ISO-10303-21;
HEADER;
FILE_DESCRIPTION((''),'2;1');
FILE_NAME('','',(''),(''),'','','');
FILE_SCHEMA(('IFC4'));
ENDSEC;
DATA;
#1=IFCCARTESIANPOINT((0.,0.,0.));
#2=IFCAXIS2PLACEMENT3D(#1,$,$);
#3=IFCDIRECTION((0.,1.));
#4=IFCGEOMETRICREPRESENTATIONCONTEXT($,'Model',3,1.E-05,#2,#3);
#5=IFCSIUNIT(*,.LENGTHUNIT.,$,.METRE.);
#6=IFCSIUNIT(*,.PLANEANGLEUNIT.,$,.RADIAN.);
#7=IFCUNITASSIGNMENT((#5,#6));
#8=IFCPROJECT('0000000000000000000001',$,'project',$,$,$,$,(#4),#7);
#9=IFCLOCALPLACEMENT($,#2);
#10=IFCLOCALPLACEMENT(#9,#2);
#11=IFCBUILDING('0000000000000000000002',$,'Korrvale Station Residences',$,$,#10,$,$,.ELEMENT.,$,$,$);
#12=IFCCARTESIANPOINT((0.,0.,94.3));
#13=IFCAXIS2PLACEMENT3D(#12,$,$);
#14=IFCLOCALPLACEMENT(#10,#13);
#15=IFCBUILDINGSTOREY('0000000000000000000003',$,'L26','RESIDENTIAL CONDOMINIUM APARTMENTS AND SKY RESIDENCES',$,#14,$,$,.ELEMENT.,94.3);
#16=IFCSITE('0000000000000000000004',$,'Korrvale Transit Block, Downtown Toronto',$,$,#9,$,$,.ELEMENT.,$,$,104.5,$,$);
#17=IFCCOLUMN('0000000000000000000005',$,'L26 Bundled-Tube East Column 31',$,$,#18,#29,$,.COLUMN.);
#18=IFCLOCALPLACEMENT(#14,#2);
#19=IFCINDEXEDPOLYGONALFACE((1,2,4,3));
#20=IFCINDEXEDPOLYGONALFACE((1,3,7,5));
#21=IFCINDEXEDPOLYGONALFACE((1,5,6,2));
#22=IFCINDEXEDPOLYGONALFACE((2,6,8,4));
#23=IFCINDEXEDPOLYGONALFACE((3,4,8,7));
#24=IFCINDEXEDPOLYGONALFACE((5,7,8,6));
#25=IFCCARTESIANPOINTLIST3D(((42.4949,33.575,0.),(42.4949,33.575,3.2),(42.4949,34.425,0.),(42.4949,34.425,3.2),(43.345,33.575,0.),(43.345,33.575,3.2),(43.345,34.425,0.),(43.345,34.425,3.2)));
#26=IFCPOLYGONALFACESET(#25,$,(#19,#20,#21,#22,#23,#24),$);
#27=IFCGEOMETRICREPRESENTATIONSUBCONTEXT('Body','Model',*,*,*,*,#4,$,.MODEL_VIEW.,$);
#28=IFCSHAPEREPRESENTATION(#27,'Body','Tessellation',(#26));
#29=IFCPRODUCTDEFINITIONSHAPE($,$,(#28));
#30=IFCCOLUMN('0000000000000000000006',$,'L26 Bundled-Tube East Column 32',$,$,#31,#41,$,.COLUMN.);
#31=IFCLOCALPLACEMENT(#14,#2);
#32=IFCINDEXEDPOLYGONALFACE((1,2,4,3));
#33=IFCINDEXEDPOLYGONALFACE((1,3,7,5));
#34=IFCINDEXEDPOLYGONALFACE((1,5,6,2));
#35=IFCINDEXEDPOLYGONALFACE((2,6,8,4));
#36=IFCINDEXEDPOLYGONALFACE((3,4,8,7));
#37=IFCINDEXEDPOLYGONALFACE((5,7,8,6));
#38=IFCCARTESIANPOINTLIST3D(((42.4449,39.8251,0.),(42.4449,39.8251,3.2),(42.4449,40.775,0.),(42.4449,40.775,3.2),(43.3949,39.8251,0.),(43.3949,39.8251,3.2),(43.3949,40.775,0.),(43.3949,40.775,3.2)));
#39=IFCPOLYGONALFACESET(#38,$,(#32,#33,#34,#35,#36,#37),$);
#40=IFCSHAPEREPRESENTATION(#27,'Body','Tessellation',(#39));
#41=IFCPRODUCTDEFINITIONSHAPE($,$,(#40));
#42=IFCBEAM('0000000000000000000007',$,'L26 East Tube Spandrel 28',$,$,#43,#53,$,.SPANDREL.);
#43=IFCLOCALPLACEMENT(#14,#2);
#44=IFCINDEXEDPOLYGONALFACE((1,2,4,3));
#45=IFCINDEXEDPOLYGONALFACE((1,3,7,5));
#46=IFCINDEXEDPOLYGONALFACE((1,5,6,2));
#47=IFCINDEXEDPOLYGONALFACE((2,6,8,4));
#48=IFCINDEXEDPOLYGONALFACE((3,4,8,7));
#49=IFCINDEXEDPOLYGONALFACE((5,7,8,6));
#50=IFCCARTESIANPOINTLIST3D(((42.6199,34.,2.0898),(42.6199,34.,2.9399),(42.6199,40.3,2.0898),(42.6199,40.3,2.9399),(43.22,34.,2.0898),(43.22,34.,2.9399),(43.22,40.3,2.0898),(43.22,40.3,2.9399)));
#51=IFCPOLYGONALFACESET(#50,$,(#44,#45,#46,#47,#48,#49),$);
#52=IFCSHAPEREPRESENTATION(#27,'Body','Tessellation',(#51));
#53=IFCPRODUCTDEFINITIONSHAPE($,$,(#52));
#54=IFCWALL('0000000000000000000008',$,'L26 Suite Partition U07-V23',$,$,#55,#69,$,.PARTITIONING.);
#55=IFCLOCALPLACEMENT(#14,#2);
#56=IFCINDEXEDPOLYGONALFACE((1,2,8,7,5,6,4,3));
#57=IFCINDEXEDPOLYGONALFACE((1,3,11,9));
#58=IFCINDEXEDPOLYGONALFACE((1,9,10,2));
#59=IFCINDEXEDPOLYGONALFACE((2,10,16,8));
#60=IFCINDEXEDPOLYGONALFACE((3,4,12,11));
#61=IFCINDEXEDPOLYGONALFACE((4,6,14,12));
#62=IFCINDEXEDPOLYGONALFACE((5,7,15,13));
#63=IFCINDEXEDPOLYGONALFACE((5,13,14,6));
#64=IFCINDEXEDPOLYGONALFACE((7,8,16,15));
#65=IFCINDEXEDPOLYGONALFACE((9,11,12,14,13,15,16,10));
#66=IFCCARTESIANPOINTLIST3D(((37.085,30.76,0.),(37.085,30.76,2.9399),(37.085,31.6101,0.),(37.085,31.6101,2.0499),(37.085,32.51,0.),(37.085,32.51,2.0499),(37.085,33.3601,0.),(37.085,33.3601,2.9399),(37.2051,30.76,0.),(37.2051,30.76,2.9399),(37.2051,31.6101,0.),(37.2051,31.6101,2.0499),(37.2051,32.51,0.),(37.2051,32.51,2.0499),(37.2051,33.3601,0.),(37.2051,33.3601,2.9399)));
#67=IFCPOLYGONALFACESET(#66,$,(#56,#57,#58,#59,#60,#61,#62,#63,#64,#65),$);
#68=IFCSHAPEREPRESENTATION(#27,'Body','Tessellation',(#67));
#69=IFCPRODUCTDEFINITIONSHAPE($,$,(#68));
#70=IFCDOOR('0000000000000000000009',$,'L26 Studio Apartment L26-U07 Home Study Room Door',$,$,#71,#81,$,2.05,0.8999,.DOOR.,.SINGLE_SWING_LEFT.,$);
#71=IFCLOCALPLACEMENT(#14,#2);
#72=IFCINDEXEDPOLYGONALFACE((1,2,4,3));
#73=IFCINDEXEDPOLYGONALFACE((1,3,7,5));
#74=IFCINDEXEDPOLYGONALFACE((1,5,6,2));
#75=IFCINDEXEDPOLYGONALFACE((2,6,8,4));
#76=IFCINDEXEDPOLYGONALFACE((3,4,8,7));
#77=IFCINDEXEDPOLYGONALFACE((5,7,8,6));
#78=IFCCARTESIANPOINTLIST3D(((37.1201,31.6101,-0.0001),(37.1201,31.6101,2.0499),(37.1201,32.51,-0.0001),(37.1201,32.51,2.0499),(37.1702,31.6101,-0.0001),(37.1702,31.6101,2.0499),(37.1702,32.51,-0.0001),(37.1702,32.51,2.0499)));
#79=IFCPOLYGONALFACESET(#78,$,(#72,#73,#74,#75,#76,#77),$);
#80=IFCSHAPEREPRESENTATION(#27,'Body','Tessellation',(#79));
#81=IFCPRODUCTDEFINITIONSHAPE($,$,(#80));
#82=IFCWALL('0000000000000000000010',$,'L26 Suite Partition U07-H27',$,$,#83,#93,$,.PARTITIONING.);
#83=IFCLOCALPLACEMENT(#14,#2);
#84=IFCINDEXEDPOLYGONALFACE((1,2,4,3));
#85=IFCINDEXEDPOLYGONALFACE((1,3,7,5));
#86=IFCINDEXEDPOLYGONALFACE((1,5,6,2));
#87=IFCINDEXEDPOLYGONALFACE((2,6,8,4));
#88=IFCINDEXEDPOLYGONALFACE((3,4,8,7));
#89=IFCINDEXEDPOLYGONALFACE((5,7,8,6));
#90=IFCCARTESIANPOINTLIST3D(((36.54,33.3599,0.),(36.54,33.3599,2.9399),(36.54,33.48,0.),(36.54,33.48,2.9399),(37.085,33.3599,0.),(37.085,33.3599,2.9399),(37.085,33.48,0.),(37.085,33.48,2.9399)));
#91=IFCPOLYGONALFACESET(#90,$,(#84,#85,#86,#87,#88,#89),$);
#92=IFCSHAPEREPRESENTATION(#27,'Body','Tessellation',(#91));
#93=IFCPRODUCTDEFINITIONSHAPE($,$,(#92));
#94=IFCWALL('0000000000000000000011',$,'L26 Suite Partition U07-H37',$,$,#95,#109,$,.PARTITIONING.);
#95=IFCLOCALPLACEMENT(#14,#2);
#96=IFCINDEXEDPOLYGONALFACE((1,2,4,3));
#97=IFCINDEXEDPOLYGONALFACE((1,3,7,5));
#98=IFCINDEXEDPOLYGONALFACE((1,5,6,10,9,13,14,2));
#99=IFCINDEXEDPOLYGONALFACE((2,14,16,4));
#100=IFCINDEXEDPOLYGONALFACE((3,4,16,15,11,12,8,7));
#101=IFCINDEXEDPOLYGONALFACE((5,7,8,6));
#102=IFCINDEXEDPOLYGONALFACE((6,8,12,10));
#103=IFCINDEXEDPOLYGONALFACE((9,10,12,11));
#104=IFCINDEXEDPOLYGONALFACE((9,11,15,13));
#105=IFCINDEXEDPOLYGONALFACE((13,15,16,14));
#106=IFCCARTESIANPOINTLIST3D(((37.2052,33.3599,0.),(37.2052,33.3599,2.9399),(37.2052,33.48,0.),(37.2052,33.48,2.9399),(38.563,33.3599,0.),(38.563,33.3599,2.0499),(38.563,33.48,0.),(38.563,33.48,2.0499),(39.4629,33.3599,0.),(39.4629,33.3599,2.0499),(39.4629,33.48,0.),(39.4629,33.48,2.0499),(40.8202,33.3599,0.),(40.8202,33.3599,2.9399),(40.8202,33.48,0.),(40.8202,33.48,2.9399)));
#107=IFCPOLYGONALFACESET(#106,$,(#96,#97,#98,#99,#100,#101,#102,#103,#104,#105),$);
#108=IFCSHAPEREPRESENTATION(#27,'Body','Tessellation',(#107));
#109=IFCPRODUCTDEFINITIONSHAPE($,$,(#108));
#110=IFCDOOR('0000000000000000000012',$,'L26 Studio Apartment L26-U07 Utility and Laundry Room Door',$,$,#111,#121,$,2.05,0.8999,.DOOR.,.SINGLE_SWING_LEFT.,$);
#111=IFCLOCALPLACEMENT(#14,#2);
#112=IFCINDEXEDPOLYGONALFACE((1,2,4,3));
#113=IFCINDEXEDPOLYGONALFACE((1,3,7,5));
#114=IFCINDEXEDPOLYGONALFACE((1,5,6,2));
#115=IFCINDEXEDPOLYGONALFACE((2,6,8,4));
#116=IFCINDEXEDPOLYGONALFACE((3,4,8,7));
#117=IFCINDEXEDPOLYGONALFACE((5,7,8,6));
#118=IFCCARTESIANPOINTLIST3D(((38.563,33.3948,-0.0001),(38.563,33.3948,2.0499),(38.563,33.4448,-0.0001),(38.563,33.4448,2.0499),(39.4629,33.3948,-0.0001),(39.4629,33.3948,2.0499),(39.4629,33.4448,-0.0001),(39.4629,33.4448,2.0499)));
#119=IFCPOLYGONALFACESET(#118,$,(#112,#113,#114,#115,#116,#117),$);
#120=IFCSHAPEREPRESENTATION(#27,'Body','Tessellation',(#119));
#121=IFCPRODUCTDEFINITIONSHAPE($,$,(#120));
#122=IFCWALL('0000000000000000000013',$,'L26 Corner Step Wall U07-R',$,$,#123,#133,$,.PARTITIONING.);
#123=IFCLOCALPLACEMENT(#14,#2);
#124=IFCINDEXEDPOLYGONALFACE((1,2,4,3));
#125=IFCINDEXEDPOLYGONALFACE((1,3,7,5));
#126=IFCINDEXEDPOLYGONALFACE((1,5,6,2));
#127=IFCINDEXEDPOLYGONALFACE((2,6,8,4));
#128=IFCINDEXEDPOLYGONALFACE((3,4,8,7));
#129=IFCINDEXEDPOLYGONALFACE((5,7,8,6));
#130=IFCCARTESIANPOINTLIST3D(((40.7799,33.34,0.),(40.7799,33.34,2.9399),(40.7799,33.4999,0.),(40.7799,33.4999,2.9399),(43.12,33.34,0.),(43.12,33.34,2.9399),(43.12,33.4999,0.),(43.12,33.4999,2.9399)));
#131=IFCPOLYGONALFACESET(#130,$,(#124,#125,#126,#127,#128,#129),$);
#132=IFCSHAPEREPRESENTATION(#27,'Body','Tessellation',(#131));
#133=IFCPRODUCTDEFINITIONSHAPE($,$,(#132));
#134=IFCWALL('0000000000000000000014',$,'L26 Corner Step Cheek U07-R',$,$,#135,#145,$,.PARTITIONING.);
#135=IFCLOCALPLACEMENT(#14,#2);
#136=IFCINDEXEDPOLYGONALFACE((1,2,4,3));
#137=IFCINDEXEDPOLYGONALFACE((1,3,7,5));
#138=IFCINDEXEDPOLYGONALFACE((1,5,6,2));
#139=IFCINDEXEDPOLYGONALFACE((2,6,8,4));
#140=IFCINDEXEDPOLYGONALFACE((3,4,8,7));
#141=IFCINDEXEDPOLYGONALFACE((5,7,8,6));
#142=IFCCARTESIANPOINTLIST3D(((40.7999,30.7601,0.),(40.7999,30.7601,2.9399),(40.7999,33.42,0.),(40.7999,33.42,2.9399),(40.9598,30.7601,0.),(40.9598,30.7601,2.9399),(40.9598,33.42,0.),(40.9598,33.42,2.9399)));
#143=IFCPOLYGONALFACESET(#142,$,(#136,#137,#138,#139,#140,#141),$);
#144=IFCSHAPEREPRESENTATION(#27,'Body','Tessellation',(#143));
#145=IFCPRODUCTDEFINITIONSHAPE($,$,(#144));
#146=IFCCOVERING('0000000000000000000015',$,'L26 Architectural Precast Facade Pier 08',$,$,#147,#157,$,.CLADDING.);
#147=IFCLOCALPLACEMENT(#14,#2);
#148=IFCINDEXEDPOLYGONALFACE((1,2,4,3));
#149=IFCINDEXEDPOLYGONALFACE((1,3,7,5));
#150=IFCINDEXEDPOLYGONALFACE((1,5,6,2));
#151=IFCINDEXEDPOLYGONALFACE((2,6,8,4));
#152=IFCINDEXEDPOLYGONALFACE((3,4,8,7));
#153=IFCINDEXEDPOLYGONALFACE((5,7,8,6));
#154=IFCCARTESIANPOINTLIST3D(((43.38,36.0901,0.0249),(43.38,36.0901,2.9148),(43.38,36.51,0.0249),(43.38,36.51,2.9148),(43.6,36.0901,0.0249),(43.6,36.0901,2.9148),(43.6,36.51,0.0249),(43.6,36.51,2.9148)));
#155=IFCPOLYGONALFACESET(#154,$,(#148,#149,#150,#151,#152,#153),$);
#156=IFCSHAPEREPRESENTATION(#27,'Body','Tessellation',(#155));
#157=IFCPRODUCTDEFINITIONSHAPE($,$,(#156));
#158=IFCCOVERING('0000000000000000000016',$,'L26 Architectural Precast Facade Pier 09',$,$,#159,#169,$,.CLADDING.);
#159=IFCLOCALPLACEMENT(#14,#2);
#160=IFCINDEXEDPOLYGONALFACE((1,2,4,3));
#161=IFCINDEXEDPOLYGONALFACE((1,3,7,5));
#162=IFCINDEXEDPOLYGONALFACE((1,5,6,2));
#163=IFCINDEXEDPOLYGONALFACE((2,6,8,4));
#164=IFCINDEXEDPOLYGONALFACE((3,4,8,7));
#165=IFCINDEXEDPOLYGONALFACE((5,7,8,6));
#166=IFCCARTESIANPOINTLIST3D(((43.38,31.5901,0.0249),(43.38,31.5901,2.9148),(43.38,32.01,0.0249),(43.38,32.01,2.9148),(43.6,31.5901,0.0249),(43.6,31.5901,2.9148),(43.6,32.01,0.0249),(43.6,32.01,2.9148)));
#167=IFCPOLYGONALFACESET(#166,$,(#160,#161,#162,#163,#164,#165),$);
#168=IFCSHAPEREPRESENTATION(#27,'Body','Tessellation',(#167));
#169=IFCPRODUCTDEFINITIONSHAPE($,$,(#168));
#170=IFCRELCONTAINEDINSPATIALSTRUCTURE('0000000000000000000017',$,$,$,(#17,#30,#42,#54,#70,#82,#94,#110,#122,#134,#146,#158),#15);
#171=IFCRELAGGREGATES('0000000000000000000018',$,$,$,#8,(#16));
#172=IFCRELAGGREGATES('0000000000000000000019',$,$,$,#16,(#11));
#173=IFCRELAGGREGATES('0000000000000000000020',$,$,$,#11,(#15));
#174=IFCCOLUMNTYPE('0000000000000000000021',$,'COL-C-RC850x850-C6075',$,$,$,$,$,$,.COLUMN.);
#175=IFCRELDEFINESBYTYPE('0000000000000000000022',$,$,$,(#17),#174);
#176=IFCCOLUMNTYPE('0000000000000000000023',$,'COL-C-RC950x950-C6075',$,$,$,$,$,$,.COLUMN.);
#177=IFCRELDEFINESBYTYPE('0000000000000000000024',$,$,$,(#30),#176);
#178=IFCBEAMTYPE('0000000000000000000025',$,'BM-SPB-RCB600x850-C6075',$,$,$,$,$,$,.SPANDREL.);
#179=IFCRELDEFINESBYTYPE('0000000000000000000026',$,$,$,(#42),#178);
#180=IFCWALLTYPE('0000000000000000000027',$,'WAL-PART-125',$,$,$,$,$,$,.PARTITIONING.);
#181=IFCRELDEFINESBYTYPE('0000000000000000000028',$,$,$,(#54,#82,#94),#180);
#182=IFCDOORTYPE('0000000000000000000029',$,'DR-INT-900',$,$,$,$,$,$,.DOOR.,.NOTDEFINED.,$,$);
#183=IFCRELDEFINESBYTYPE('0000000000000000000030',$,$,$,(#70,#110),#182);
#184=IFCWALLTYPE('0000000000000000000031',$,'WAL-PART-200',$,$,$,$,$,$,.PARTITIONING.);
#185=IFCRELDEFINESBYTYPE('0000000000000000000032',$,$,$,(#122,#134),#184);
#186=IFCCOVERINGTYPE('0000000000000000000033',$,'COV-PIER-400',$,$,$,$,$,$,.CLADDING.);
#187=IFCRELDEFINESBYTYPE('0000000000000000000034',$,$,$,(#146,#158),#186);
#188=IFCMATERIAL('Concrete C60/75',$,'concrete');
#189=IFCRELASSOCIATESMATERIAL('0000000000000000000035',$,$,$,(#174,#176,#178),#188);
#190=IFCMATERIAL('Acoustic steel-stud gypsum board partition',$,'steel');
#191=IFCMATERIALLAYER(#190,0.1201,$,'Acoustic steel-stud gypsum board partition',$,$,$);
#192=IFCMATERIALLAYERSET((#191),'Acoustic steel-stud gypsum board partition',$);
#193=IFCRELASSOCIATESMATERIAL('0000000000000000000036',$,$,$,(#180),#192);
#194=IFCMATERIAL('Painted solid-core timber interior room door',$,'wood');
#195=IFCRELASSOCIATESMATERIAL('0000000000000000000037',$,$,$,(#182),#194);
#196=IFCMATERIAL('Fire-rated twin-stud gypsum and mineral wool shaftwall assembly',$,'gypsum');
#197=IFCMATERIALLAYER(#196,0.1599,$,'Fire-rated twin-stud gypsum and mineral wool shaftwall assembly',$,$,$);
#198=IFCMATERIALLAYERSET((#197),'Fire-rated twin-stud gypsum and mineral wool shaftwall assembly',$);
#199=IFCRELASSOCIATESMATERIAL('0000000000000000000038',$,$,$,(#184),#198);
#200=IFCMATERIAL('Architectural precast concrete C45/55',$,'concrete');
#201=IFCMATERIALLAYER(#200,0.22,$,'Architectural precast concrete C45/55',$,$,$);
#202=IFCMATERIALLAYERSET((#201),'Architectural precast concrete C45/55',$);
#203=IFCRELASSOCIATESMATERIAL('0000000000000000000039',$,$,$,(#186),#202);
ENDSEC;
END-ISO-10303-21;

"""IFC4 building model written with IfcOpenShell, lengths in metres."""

from ifc_helpers import new_model, si_unit, direction, frame, frame_2d, origin, origin_2d, place, context, subcontext, project, spatial, rectangle, extrude, material, layer, layer_set, material_profile, profile_set, type_object, element, fill, save


model = new_model("IFC4")

# Units and contexts
model_context = context("Model", 3, precision=1e-05, world=origin(), true_north=direction((0.0, 1.0)))
body_context = subcontext(model_context, "Body", "Model", "MODEL_VIEW")
ifc_project = project(units=[si_unit("LENGTHUNIT", "METRE"), si_unit("PLANEANGLEUNIT", "RADIAN")], contexts=[model_context])

# Site, building, storey
site_placement = place(None, origin())
site = spatial("IfcSite", under=ifc_project, at=site_placement, Name="Korrvale Transit Block, Downtown Toronto", CompositionType="ELEMENT", RefElevation=104.5)
building_placement = place(site_placement, origin())
building = spatial("IfcBuilding", under=site, at=building_placement, Name="Korrvale Station Residences", CompositionType="ELEMENT")
storey_placement = place(building_placement, frame((0.0, 0.0, 94.3)))
storey = spatial("IfcBuildingStorey", under=building, at=storey_placement, Name="L26", Description="RESIDENTIAL CONDOMINIUM APARTMENTS AND SKY RESIDENCES", CompositionType="ELEMENT", Elevation=94.3)

# Columns
ifc_material_1 = material(Name="Concrete C60/75", Category="concrete")
ifc_material_profile_1 = material_profile(ifc_material_1, rectangle(XDim=0.8501, YDim=0.8501, at=origin_2d()), Name="RC850x850")
ifc_profile_set_1 = profile_set([ifc_material_profile_1], Name="Concrete C60/75")
column_type_1 = type_object("IfcColumnType", Name="COL-C-RC850x850-C6075", PredefinedType="COLUMN", material=ifc_profile_set_1)
column_1_placement = place(storey_placement, frame((42.9199, 34.0, 0.0), z_axis=(0.0, 0.0, 1.0), x_axis=(1.0, 0.0, 0.0)))
element("IfcColumn", 1, at=column_1_placement, inside=storey, type_object=column_type_1, Name="L26 Bundled-Tube East Column 31", PredefinedType="COLUMN", context=body_context, shape_type="SweptSolid", body=[
    extrude(rectangle(XDim=0.8501, YDim=0.8501, at=origin_2d()), origin(), (0.0, 0.0, 1.0), 3.2),
])
ifc_material_profile_2 = material_profile(ifc_material_1, rectangle(XDim=0.95, YDim=0.95, at=origin_2d()), Name="RC950x950")
ifc_profile_set_2 = profile_set([ifc_material_profile_2], Name="Concrete C60/75")
column_type_2 = type_object("IfcColumnType", Name="COL-C-RC950x950-C6075", PredefinedType="COLUMN", material=ifc_profile_set_2)
column_2_placement = place(storey_placement, frame((42.9199, 40.3, 0.0), z_axis=(0.0, 0.0, 1.0), x_axis=(1.0, 0.0, 0.0)))
element("IfcColumn", 2, at=column_2_placement, inside=storey, type_object=column_type_2, Name="L26 Bundled-Tube East Column 32", PredefinedType="COLUMN", context=body_context, shape_type="SweptSolid", body=[
    extrude(rectangle(XDim=0.95, YDim=0.95, at=origin_2d()), origin(), (0.0, 0.0, 1.0), 3.2),
])

# Beam
ifc_material_profile_3 = material_profile(ifc_material_1, rectangle(XDim=0.6001, YDim=0.8501, at=origin_2d()), Name="RCB600x850")
ifc_profile_set_3 = profile_set([ifc_material_profile_3], Name="Concrete C60/75")
beam_type = type_object("IfcBeamType", Name="BM-SPB-RCB600x850-C6075", PredefinedType="SPANDREL", material=ifc_profile_set_3)
beam_placement = place(storey_placement, frame((42.9199, 34.0, 2.5149), z_axis=(0.0, 1.0, 0.0), x_axis=(-1.0, 0.0, 0.0)))
element("IfcBeam", 3, at=beam_placement, inside=storey, type_object=beam_type, Name="L26 East Tube Spandrel 28", PredefinedType="SPANDREL", context=body_context, shape_type="SweptSolid", body=[
    extrude(rectangle(XDim=0.6001, YDim=0.8501, at=origin_2d()), origin(), (0.0, 0.0, 1.0), 6.3),
])

# Wall, opening, door
ifc_material_2 = material(Name="Acoustic steel-stud gypsum board partition", Category="steel")
ifc_layer_1 = layer(ifc_material_2, 0.1201, Name="Acoustic steel-stud gypsum board partition")
ifc_layer_set_1 = layer_set([ifc_layer_1], Name="Acoustic steel-stud gypsum board partition")
wall_type_1 = type_object("IfcWallType", Name="WAL-PART-125", PredefinedType="PARTITIONING", material=ifc_layer_set_1)
wall_1_placement = place(storey_placement, frame((37.145, 30.76, 0.0), z_axis=(0.0, 0.0, 1.0), x_axis=(0.0, 1.0, 0.0)))
wall_1 = element("IfcWall", 4, at=wall_1_placement, inside=storey, type_object=wall_type_1, Name="L26 Suite Partition U07-V23", PredefinedType="PARTITIONING", context=body_context, shape_type="SweptSolid", body=[
    extrude(rectangle(XDim=2.6001, YDim=0.1201, at=frame_2d((1.3, 0.0))), origin(), (0.0, 0.0, 1.0), 2.9399),
])
opening_1_placement = place(wall_1_placement, frame((0.8501, 0.0, 0.0)))
opening_1 = element("IfcOpeningElement", 5, at=opening_1_placement, cuts=wall_1, PredefinedType="OPENING", context=body_context, shape_type="SweptSolid", body=[
    extrude(rectangle(XDim=0.8999, YDim=2.05, at=frame_2d((0.45, 1.0249))), frame((0.0, 0.0701, 0.0), z_axis=(0.0, -1.0, 0.0), x_axis=(1.0, 0.0, 0.0)), (0.0, 0.0, 1.0), 0.1401),
])
ifc_material_3 = material(Name="Painted solid-core timber interior room door", Category="wood")
door_type = type_object("IfcDoorType", Name="DR-INT-900", OperationType="NOTDEFINED", PredefinedType="DOOR", material=ifc_material_3)
door_1_placement = place(opening_1_placement, origin())
door_1 = element("IfcDoor", 6, at=door_1_placement, inside=storey, type_object=door_type, Name="L26 Studio Apartment L26-U07 Home Study Room Door", OperationType="SINGLE_SWING_LEFT", OverallHeight=2.05, OverallWidth=0.8999, PredefinedType="DOOR", context=body_context, shape_type="SweptSolid", body=[
    extrude(rectangle(XDim=0.8999, YDim=2.05, at=frame_2d((0.45, 1.0249))), frame((0.0, 0.0249, 0.0), z_axis=(0.0, -1.0, 0.0), x_axis=(1.0, 0.0, 0.0)), (0.0, 0.0, 1.0), 0.05),
])
fill(opening_1, door_1)

# Wall
wall_2_placement = place(storey_placement, frame((36.54, 33.4199, 0.0), z_axis=(0.0, 0.0, 1.0), x_axis=(1.0, 0.0, 0.0)))
element("IfcWall", 7, at=wall_2_placement, inside=storey, type_object=wall_type_1, Name="L26 Suite Partition U07-H27", PredefinedType="PARTITIONING", context=body_context, shape_type="SweptSolid", body=[
    extrude(rectangle(XDim=0.5449, YDim=0.1201, at=frame_2d((0.2725, 0.0))), origin(), (0.0, 0.0, 1.0), 2.9399),
])

# Wall, opening, door
wall_3_placement = place(storey_placement, frame((37.2051, 33.4199, 0.0), z_axis=(0.0, 0.0, 1.0), x_axis=(1.0, 0.0, 0.0)))
wall_3 = element("IfcWall", 8, at=wall_3_placement, inside=storey, type_object=wall_type_1, Name="L26 Suite Partition U07-H37", PredefinedType="PARTITIONING", context=body_context, shape_type="SweptSolid", body=[
    extrude(rectangle(XDim=3.615, YDim=0.1201, at=frame_2d((1.8076, 0.0))), origin(), (0.0, 0.0, 1.0), 2.9399),
])
opening_2_placement = place(wall_3_placement, frame((1.3579, 0.0, 0.0)))
opening_2 = element("IfcOpeningElement", 9, at=opening_2_placement, cuts=wall_3, PredefinedType="OPENING", context=body_context, shape_type="SweptSolid", body=[
    extrude(rectangle(XDim=0.8999, YDim=2.05, at=frame_2d((0.45, 1.0249))), frame((0.0, 0.0701, 0.0), z_axis=(0.0, -1.0, 0.0), x_axis=(1.0, 0.0, 0.0)), (0.0, 0.0, 1.0), 0.1401),
])
door_2_placement = place(opening_2_placement, origin())
door_2 = element("IfcDoor", 10, at=door_2_placement, inside=storey, type_object=door_type, Name="L26 Studio Apartment L26-U07 Utility and Laundry Room Door", OperationType="SINGLE_SWING_LEFT", OverallHeight=2.05, OverallWidth=0.8999, PredefinedType="DOOR", context=body_context, shape_type="SweptSolid", body=[
    extrude(rectangle(XDim=0.8999, YDim=2.05, at=frame_2d((0.45, 1.0249))), frame((0.0, 0.0249, 0.0), z_axis=(0.0, -1.0, 0.0), x_axis=(1.0, 0.0, 0.0)), (0.0, 0.0, 1.0), 0.05),
])
fill(opening_2, door_2)

# Walls
ifc_material_4 = material(Name="Fire-rated twin-stud gypsum and mineral wool shaftwall assembly", Category="gypsum")
ifc_layer_2 = layer(ifc_material_4, 0.1599, Name="Fire-rated twin-stud gypsum and mineral wool shaftwall assembly")
ifc_layer_set_2 = layer_set([ifc_layer_2], Name="Fire-rated twin-stud gypsum and mineral wool shaftwall assembly")
wall_type_2 = type_object("IfcWallType", Name="WAL-PART-200", PredefinedType="PARTITIONING", material=ifc_layer_set_2)
wall_4_placement = place(storey_placement, frame((40.78, 33.4199, 0.0), z_axis=(0.0, 0.0, 1.0), x_axis=(1.0, 0.0, 0.0)))
element("IfcWall", 11, at=wall_4_placement, inside=storey, type_object=wall_type_2, Name="L26 Corner Step Wall U07-R", PredefinedType="PARTITIONING", context=body_context, shape_type="SweptSolid", body=[
    extrude(rectangle(XDim=2.3401, YDim=0.1599, at=frame_2d((1.1699, 0.0))), origin(), (0.0, 0.0, 1.0), 2.9399),
])
wall_5_placement = place(storey_placement, frame((40.8799, 30.76, 0.0), z_axis=(0.0, 0.0, 1.0), x_axis=(0.0, 1.0, 0.0)))
element("IfcWall", 12, at=wall_5_placement, inside=storey, type_object=wall_type_2, Name="L26 Corner Step Cheek U07-R", PredefinedType="PARTITIONING", context=body_context, shape_type="SweptSolid", body=[
    extrude(rectangle(XDim=2.6599, YDim=0.1599, at=frame_2d((1.3301, 0.0))), origin(), (0.0, 0.0, 1.0), 2.9399),
])

# Coverings
ifc_material_5 = material(Name="Architectural precast concrete C45/55", Category="concrete")
ifc_layer_3 = layer(ifc_material_5, 0.22, Name="Architectural precast concrete C45/55")
ifc_layer_set_3 = layer_set([ifc_layer_3], Name="Architectural precast concrete C45/55")
covering_type = type_object("IfcCoveringType", Name="COV-PIER-400", PredefinedType="CLADDING", material=ifc_layer_set_3)
for number, where, z_axis, x_axis, name in (
    (13, (43.49, 36.3, 0.0249), (0.0, 0.0, 1.0), (0.0, 1.0, 0.0), "L26 Architectural Precast Facade Pier 08"),
    (14, (43.49, 31.8, 0.0249), (0.0, 0.0, 1.0), (0.0, 1.0, 0.0), "L26 Architectural Precast Facade Pier 09"),
):
    element("IfcCovering", number, at=place(storey_placement, frame(where, z_axis=z_axis, x_axis=x_axis)), inside=storey, type_object=covering_type, Name=name, PredefinedType="CLADDING", context=body_context, shape_type="SweptSolid", body=[
        extrude(rectangle(XDim=0.4199, YDim=0.22, at=origin_2d()), origin(), (0.0, 0.0, 1.0), 2.8899),
    ])

save(model, "model.ifc")
